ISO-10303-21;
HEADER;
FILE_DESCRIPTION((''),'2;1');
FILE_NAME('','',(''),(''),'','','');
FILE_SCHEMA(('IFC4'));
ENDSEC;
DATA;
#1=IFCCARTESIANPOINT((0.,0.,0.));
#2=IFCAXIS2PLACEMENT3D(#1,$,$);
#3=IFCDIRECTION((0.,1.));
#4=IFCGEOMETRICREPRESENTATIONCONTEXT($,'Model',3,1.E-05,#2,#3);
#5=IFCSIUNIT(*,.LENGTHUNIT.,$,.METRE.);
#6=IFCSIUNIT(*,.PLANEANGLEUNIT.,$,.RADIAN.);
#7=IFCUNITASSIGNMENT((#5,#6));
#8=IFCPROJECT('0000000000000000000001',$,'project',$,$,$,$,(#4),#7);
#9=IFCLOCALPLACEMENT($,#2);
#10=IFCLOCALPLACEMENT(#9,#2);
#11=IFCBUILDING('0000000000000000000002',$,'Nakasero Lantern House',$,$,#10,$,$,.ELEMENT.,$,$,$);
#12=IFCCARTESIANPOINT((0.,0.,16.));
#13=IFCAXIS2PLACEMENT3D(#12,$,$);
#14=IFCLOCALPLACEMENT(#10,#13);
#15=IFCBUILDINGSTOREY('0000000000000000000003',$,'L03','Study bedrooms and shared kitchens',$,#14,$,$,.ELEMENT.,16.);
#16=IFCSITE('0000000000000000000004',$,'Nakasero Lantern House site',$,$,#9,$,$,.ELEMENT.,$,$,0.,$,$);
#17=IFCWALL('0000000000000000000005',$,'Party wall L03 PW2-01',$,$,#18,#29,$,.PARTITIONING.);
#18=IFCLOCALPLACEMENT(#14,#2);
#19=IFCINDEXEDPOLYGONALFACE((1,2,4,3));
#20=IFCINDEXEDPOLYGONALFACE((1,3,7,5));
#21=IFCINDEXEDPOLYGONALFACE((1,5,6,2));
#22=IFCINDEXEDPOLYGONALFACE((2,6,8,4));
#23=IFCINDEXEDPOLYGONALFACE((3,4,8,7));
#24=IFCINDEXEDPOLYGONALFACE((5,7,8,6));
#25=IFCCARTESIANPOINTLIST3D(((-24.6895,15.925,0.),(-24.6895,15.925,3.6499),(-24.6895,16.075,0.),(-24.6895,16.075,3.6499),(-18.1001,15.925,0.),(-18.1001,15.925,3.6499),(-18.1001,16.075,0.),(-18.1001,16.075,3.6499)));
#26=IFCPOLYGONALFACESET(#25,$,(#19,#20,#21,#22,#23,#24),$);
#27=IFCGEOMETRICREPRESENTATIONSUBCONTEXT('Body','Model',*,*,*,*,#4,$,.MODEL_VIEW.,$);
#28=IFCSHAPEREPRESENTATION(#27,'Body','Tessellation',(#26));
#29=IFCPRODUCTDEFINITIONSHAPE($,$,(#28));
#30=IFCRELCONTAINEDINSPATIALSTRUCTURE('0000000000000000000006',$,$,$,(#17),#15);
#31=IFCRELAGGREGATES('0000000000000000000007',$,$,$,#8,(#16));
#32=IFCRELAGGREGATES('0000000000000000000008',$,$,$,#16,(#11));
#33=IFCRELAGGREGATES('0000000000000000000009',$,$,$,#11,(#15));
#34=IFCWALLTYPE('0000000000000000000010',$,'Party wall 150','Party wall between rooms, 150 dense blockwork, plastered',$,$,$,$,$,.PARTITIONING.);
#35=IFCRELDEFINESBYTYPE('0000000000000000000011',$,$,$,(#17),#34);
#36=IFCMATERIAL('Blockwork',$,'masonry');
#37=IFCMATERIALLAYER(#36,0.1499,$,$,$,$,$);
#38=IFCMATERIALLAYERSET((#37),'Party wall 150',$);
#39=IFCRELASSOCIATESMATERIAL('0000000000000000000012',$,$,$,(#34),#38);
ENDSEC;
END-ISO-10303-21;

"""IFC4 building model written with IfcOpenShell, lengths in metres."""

from ifc_helpers import new_model, si_unit, direction, frame, frame_2d, origin, place, context, subcontext, project, spatial, rectangle, extrude, material, layer, layer_set, type_object, element, save


model = new_model("IFC4")

# Units and contexts
model_context = context("Model", 3, precision=1e-05, world=origin(), true_north=direction((0.0, 1.0)))
body_context = subcontext(model_context, "Body", "Model", "MODEL_VIEW")
ifc_project = project(units=[si_unit("LENGTHUNIT", "METRE"), si_unit("PLANEANGLEUNIT", "RADIAN")], contexts=[model_context])

# Site, building, storey
site_placement = place(None, origin())
site = spatial("IfcSite", under=ifc_project, at=site_placement, Name="Nakasero Lantern House site", CompositionType="ELEMENT", RefElevation=0.0)
building_placement = place(site_placement, origin())
building = spatial("IfcBuilding", under=site, at=building_placement, Name="Nakasero Lantern House", CompositionType="ELEMENT")
storey_placement = place(building_placement, frame((0.0, 0.0, 16.0)))
storey = spatial("IfcBuildingStorey", under=building, at=storey_placement, Name="L03", Description="Study bedrooms and shared kitchens", CompositionType="ELEMENT", Elevation=16.0)

# Wall
ifc_material_1 = material(Name="Blockwork", Category="masonry")
ifc_layer_1 = layer(ifc_material_1, 0.1499)
ifc_layer_set_1 = layer_set([ifc_layer_1], Name="Party wall 150")
wall_type_1 = type_object("IfcWallType", Name="Party wall 150", Description="Party wall between rooms, 150 dense blockwork, plastered", PredefinedType="PARTITIONING", material=ifc_layer_set_1)
wall_1_placement = place(storey_placement, frame((-18.1001, 16.0, 0.0), z_axis=(0.0, 0.0, 1.0), x_axis=(-1.0, 0.0, 0.0)))
element("IfcWall", 1, at=wall_1_placement, inside=storey, type_object=wall_type_1, Name="Party wall L03 PW2-01", PredefinedType="PARTITIONING", context=body_context, shape_type="SweptSolid", body=[
    extrude(rectangle(XDim=6.5894, YDim=0.1499, at=frame_2d((3.2947, 0.0))), origin(), (0.0, 0.0, 1.0), 3.6499),
])

save(model, "model.ifc")
